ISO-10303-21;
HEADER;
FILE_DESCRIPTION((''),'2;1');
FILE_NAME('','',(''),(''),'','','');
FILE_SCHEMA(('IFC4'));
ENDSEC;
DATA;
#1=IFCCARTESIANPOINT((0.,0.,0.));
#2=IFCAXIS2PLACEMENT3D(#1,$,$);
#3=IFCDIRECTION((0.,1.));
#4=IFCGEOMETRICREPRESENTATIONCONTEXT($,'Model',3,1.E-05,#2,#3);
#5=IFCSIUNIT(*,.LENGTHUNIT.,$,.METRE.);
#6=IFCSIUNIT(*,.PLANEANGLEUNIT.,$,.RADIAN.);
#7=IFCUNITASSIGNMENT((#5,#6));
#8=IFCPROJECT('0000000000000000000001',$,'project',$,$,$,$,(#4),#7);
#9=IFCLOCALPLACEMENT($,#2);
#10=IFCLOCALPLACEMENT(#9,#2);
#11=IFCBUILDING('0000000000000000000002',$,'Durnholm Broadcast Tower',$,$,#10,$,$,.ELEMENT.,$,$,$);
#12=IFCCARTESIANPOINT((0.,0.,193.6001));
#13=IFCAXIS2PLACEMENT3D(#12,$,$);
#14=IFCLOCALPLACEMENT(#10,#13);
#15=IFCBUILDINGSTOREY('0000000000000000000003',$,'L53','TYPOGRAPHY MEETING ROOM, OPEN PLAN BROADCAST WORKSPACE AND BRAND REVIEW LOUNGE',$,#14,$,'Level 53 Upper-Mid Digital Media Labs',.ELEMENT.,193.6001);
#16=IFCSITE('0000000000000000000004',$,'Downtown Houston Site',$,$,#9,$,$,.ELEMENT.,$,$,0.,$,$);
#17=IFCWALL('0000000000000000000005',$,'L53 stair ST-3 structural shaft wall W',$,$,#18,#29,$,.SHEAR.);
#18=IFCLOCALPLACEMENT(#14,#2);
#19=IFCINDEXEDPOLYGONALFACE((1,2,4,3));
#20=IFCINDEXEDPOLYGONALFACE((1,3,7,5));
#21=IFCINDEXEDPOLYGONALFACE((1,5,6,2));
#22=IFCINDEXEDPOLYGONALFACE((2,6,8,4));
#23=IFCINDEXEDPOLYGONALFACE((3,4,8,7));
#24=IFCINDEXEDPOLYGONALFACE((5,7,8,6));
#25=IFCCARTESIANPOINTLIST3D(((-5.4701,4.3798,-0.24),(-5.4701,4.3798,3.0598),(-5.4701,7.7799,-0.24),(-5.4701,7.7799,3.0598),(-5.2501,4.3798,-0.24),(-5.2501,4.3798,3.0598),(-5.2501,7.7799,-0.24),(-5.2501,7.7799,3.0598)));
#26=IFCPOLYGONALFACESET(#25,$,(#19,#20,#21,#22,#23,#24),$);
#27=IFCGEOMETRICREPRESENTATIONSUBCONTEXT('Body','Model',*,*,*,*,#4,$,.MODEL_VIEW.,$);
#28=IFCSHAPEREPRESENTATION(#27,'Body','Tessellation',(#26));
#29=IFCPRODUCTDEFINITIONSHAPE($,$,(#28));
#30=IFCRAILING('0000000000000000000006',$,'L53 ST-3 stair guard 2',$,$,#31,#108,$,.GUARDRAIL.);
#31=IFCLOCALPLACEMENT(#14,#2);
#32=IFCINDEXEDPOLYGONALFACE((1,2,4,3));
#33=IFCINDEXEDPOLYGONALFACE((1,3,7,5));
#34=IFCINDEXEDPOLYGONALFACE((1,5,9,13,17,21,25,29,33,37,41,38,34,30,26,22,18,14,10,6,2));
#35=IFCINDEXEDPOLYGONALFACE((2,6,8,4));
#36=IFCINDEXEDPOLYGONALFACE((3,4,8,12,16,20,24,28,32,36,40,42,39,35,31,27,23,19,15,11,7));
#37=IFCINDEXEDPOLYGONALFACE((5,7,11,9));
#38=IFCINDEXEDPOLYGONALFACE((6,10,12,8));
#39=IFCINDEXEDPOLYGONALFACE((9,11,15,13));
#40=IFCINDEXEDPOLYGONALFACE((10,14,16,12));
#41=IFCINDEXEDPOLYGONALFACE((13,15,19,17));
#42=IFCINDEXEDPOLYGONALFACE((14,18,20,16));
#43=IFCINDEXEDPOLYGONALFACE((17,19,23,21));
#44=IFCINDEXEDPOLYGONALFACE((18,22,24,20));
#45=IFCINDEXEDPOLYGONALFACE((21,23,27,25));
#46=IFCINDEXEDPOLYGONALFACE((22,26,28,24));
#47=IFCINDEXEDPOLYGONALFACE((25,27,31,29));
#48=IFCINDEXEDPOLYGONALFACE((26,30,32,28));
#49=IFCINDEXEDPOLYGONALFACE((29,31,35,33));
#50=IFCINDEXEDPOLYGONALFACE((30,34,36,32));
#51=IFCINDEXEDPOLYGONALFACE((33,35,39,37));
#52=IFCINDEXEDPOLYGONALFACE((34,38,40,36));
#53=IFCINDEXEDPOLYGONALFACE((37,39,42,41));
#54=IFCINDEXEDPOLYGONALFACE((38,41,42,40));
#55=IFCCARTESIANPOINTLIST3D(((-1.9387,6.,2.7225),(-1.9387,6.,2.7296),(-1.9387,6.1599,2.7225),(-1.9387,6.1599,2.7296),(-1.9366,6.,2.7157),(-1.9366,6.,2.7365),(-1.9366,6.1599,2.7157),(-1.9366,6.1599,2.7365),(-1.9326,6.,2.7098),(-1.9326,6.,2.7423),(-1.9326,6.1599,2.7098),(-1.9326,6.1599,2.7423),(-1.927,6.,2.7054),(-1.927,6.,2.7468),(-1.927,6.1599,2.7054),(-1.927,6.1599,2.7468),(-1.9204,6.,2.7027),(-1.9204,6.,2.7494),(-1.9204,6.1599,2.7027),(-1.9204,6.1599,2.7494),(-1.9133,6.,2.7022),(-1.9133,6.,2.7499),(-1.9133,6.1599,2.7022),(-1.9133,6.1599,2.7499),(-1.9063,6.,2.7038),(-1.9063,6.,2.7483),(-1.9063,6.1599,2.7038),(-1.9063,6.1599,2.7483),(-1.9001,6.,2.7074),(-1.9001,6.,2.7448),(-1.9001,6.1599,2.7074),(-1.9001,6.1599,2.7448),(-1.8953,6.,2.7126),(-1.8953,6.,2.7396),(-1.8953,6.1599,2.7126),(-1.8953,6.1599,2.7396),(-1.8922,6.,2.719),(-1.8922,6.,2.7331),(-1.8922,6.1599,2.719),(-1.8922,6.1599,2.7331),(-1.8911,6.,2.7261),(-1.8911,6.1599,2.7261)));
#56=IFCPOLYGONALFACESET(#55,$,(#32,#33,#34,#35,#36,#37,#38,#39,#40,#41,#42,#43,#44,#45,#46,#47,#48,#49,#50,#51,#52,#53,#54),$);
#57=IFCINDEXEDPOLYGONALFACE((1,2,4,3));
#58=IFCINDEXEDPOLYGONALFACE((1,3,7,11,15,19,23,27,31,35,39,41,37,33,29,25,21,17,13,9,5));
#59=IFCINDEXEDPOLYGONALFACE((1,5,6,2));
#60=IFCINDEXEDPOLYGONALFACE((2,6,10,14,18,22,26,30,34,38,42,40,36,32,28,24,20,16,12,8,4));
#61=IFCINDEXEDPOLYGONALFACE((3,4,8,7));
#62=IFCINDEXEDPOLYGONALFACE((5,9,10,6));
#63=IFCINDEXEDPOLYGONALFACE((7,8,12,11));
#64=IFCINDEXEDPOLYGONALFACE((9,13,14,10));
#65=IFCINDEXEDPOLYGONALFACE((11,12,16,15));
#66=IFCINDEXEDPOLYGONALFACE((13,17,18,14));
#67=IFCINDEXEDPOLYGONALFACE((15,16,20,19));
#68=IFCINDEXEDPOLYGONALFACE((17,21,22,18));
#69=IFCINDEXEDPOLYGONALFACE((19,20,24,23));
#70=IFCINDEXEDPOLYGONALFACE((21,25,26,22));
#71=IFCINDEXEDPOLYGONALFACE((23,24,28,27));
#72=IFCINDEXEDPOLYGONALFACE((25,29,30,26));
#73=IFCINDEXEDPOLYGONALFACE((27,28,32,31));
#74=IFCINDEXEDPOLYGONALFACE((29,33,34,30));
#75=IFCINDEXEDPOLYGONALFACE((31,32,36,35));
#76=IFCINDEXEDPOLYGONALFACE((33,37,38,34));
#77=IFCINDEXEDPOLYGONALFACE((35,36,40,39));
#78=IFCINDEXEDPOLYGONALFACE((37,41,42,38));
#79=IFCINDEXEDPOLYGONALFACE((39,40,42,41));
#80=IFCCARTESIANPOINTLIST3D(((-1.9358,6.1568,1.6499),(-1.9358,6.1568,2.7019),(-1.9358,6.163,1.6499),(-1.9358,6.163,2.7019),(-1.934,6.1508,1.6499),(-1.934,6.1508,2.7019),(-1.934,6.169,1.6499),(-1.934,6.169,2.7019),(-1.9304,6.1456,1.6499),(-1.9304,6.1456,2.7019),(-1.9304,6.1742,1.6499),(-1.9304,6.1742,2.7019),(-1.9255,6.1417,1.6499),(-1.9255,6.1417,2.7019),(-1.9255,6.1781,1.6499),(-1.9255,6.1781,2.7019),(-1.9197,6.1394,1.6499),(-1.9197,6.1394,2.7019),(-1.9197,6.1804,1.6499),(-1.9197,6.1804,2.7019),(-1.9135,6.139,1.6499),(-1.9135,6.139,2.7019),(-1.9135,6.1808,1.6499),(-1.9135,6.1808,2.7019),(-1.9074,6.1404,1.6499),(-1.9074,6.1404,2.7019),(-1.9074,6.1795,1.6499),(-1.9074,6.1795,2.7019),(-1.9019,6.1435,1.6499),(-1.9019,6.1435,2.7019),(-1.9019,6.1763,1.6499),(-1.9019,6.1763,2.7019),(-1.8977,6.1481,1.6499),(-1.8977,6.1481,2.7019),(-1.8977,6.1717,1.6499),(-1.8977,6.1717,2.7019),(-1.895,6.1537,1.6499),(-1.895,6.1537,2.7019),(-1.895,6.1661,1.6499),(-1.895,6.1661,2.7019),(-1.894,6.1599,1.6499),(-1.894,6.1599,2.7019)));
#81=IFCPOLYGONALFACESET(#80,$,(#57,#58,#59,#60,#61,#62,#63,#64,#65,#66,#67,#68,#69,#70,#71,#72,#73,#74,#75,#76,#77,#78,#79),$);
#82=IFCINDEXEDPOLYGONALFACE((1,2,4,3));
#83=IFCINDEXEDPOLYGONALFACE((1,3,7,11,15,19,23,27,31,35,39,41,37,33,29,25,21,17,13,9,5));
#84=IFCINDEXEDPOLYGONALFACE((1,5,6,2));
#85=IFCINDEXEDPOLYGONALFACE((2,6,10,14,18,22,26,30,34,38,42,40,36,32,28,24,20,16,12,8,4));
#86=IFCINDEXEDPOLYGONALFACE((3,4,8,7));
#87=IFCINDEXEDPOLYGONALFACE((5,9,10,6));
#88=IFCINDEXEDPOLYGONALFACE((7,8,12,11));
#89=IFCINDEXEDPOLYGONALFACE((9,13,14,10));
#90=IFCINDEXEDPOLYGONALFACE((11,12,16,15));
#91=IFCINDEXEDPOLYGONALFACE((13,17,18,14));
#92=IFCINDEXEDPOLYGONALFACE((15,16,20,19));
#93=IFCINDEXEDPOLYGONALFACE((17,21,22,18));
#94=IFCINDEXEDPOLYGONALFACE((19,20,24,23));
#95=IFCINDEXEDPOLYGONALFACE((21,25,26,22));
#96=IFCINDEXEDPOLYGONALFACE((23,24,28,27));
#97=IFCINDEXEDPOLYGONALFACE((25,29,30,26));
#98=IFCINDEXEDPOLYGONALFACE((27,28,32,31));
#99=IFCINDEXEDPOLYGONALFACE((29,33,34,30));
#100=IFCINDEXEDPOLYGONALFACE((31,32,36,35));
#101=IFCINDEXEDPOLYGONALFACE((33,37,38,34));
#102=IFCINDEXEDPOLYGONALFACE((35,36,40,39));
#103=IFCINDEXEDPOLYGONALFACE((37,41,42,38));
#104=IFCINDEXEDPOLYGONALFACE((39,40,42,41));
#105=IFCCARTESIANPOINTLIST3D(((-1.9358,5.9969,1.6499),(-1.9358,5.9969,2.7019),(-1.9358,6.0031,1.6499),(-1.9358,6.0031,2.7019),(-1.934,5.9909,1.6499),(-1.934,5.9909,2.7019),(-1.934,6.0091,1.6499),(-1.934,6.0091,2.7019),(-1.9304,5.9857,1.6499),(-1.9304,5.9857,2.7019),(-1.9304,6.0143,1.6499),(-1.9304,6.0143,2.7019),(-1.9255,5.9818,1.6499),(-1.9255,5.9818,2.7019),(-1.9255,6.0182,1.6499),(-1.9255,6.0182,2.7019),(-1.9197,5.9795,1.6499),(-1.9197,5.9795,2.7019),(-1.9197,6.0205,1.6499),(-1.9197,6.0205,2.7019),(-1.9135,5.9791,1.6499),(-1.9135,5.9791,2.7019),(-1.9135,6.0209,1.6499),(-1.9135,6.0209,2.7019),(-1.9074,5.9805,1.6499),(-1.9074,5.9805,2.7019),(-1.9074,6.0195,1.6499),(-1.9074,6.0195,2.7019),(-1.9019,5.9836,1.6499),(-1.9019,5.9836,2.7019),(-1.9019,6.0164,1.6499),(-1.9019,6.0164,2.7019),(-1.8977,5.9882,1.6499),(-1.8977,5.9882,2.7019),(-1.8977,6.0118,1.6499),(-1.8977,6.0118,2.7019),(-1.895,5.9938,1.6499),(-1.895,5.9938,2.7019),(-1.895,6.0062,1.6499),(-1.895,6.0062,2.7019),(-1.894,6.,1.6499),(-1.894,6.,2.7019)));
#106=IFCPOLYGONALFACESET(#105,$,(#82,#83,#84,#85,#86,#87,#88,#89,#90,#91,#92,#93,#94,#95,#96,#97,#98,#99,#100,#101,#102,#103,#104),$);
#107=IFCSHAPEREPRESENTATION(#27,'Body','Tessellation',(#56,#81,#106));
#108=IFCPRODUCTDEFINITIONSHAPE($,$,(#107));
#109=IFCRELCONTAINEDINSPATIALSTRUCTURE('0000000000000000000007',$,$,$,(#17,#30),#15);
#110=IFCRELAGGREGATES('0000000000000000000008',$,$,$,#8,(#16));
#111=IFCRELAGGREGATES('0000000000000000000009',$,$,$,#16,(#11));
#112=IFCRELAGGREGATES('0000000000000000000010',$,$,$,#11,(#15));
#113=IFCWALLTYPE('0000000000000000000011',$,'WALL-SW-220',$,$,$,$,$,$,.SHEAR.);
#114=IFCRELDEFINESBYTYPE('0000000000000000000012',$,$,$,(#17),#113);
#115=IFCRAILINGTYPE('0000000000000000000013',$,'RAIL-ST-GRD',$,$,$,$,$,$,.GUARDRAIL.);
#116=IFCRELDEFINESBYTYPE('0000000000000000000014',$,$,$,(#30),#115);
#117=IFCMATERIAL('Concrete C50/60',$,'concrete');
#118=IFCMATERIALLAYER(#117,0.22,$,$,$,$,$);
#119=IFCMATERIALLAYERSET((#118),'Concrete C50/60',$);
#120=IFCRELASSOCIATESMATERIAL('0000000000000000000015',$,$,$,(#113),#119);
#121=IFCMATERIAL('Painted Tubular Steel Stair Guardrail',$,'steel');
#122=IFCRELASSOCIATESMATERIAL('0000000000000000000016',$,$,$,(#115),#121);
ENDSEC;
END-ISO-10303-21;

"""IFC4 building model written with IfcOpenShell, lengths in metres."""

from ifc_helpers import new_model, si_unit, direction, frame, frame_2d, origin, origin_2d, place, context, subcontext, project, spatial, rectangle, circle, extrude, material, layer, layer_set, type_object, element, save


model = new_model("IFC4")

# Units and contexts
model_context = context("Model", 3, precision=1e-05, world=origin(), true_north=direction((0.0, 1.0)))
body_context = subcontext(model_context, "Body", "Model", "MODEL_VIEW")
ifc_project = project(units=[si_unit("LENGTHUNIT", "METRE"), si_unit("PLANEANGLEUNIT", "RADIAN")], contexts=[model_context])

# Site, building, storey
site_placement = place(None, origin())
site = spatial("IfcSite", under=ifc_project, at=site_placement, Name="Downtown Houston Site", CompositionType="ELEMENT", RefElevation=0.0)
building_placement = place(site_placement, origin())
building = spatial("IfcBuilding", under=site, at=building_placement, Name="Durnholm Broadcast Tower", CompositionType="ELEMENT")
storey_placement = place(building_placement, frame((0.0, 0.0, 193.6001)))
storey = spatial("IfcBuildingStorey", under=building, at=storey_placement, Name="L53", Description="TYPOGRAPHY MEETING ROOM, OPEN PLAN BROADCAST WORKSPACE AND BRAND REVIEW LOUNGE", LongName="Level 53 Upper-Mid Digital Media Labs", CompositionType="ELEMENT", Elevation=193.6001)

# Wall
ifc_material_1 = material(Name="Concrete C50/60", Category="concrete")
ifc_layer_1 = layer(ifc_material_1, 0.22)
ifc_layer_set_1 = layer_set([ifc_layer_1], Name="Concrete C50/60")
wall_type_1 = type_object("IfcWallType", Name="WALL-SW-220", PredefinedType="SHEAR", material=ifc_layer_set_1)
wall_1_placement = place(storey_placement, frame((-5.3601, 7.78, -0.24), z_axis=(0.0, 0.0, 1.0), x_axis=(0.0, -1.0, 0.0)))
element("IfcWall", 1, at=wall_1_placement, inside=storey, type_object=wall_type_1, Name="L53 stair ST-3 structural shaft wall W", PredefinedType="SHEAR", context=body_context, shape_type="SweptSolid", body=[
    extrude(rectangle(XDim=3.4001, YDim=0.22, at=frame_2d((1.7002, 0.0))), origin(), (0.0, 0.0, 1.0), 3.2998),
])

# Railing
ifc_material_2 = material(Name="Painted Tubular Steel Stair Guardrail", Category="steel")
railing_type = type_object("IfcRailingType", Name="RAIL-ST-GRD", PredefinedType="GUARDRAIL", material=ifc_material_2)
railing_1_placement = place(storey_placement, frame((-1.915, 6.1599, 1.6499)))
element("IfcRailing", 2, at=railing_1_placement, inside=storey, type_object=railing_type, Name="L53 ST-3 stair guard 2", PredefinedType="GUARDRAIL", context=body_context, shape_type="SweptSolid", body=[
    extrude(circle(Radius=0.0239, at=origin_2d()), frame((0.0, 0.0, 1.0762), z_axis=(0.0, -1.0, 0.0), x_axis=(1.0, 0.0, 0.0)), (0.0, 0.0, 1.0), 0.1599),
    extrude(circle(Radius=0.021, at=origin_2d()), origin(), (0.0, 0.0, 1.0), 1.052),
    extrude(circle(Radius=0.021, at=origin_2d()), frame((0.0, -0.1599, 0.0)), (0.0, 0.0, 1.0), 1.052),
])

save(model, "model.ifc")
